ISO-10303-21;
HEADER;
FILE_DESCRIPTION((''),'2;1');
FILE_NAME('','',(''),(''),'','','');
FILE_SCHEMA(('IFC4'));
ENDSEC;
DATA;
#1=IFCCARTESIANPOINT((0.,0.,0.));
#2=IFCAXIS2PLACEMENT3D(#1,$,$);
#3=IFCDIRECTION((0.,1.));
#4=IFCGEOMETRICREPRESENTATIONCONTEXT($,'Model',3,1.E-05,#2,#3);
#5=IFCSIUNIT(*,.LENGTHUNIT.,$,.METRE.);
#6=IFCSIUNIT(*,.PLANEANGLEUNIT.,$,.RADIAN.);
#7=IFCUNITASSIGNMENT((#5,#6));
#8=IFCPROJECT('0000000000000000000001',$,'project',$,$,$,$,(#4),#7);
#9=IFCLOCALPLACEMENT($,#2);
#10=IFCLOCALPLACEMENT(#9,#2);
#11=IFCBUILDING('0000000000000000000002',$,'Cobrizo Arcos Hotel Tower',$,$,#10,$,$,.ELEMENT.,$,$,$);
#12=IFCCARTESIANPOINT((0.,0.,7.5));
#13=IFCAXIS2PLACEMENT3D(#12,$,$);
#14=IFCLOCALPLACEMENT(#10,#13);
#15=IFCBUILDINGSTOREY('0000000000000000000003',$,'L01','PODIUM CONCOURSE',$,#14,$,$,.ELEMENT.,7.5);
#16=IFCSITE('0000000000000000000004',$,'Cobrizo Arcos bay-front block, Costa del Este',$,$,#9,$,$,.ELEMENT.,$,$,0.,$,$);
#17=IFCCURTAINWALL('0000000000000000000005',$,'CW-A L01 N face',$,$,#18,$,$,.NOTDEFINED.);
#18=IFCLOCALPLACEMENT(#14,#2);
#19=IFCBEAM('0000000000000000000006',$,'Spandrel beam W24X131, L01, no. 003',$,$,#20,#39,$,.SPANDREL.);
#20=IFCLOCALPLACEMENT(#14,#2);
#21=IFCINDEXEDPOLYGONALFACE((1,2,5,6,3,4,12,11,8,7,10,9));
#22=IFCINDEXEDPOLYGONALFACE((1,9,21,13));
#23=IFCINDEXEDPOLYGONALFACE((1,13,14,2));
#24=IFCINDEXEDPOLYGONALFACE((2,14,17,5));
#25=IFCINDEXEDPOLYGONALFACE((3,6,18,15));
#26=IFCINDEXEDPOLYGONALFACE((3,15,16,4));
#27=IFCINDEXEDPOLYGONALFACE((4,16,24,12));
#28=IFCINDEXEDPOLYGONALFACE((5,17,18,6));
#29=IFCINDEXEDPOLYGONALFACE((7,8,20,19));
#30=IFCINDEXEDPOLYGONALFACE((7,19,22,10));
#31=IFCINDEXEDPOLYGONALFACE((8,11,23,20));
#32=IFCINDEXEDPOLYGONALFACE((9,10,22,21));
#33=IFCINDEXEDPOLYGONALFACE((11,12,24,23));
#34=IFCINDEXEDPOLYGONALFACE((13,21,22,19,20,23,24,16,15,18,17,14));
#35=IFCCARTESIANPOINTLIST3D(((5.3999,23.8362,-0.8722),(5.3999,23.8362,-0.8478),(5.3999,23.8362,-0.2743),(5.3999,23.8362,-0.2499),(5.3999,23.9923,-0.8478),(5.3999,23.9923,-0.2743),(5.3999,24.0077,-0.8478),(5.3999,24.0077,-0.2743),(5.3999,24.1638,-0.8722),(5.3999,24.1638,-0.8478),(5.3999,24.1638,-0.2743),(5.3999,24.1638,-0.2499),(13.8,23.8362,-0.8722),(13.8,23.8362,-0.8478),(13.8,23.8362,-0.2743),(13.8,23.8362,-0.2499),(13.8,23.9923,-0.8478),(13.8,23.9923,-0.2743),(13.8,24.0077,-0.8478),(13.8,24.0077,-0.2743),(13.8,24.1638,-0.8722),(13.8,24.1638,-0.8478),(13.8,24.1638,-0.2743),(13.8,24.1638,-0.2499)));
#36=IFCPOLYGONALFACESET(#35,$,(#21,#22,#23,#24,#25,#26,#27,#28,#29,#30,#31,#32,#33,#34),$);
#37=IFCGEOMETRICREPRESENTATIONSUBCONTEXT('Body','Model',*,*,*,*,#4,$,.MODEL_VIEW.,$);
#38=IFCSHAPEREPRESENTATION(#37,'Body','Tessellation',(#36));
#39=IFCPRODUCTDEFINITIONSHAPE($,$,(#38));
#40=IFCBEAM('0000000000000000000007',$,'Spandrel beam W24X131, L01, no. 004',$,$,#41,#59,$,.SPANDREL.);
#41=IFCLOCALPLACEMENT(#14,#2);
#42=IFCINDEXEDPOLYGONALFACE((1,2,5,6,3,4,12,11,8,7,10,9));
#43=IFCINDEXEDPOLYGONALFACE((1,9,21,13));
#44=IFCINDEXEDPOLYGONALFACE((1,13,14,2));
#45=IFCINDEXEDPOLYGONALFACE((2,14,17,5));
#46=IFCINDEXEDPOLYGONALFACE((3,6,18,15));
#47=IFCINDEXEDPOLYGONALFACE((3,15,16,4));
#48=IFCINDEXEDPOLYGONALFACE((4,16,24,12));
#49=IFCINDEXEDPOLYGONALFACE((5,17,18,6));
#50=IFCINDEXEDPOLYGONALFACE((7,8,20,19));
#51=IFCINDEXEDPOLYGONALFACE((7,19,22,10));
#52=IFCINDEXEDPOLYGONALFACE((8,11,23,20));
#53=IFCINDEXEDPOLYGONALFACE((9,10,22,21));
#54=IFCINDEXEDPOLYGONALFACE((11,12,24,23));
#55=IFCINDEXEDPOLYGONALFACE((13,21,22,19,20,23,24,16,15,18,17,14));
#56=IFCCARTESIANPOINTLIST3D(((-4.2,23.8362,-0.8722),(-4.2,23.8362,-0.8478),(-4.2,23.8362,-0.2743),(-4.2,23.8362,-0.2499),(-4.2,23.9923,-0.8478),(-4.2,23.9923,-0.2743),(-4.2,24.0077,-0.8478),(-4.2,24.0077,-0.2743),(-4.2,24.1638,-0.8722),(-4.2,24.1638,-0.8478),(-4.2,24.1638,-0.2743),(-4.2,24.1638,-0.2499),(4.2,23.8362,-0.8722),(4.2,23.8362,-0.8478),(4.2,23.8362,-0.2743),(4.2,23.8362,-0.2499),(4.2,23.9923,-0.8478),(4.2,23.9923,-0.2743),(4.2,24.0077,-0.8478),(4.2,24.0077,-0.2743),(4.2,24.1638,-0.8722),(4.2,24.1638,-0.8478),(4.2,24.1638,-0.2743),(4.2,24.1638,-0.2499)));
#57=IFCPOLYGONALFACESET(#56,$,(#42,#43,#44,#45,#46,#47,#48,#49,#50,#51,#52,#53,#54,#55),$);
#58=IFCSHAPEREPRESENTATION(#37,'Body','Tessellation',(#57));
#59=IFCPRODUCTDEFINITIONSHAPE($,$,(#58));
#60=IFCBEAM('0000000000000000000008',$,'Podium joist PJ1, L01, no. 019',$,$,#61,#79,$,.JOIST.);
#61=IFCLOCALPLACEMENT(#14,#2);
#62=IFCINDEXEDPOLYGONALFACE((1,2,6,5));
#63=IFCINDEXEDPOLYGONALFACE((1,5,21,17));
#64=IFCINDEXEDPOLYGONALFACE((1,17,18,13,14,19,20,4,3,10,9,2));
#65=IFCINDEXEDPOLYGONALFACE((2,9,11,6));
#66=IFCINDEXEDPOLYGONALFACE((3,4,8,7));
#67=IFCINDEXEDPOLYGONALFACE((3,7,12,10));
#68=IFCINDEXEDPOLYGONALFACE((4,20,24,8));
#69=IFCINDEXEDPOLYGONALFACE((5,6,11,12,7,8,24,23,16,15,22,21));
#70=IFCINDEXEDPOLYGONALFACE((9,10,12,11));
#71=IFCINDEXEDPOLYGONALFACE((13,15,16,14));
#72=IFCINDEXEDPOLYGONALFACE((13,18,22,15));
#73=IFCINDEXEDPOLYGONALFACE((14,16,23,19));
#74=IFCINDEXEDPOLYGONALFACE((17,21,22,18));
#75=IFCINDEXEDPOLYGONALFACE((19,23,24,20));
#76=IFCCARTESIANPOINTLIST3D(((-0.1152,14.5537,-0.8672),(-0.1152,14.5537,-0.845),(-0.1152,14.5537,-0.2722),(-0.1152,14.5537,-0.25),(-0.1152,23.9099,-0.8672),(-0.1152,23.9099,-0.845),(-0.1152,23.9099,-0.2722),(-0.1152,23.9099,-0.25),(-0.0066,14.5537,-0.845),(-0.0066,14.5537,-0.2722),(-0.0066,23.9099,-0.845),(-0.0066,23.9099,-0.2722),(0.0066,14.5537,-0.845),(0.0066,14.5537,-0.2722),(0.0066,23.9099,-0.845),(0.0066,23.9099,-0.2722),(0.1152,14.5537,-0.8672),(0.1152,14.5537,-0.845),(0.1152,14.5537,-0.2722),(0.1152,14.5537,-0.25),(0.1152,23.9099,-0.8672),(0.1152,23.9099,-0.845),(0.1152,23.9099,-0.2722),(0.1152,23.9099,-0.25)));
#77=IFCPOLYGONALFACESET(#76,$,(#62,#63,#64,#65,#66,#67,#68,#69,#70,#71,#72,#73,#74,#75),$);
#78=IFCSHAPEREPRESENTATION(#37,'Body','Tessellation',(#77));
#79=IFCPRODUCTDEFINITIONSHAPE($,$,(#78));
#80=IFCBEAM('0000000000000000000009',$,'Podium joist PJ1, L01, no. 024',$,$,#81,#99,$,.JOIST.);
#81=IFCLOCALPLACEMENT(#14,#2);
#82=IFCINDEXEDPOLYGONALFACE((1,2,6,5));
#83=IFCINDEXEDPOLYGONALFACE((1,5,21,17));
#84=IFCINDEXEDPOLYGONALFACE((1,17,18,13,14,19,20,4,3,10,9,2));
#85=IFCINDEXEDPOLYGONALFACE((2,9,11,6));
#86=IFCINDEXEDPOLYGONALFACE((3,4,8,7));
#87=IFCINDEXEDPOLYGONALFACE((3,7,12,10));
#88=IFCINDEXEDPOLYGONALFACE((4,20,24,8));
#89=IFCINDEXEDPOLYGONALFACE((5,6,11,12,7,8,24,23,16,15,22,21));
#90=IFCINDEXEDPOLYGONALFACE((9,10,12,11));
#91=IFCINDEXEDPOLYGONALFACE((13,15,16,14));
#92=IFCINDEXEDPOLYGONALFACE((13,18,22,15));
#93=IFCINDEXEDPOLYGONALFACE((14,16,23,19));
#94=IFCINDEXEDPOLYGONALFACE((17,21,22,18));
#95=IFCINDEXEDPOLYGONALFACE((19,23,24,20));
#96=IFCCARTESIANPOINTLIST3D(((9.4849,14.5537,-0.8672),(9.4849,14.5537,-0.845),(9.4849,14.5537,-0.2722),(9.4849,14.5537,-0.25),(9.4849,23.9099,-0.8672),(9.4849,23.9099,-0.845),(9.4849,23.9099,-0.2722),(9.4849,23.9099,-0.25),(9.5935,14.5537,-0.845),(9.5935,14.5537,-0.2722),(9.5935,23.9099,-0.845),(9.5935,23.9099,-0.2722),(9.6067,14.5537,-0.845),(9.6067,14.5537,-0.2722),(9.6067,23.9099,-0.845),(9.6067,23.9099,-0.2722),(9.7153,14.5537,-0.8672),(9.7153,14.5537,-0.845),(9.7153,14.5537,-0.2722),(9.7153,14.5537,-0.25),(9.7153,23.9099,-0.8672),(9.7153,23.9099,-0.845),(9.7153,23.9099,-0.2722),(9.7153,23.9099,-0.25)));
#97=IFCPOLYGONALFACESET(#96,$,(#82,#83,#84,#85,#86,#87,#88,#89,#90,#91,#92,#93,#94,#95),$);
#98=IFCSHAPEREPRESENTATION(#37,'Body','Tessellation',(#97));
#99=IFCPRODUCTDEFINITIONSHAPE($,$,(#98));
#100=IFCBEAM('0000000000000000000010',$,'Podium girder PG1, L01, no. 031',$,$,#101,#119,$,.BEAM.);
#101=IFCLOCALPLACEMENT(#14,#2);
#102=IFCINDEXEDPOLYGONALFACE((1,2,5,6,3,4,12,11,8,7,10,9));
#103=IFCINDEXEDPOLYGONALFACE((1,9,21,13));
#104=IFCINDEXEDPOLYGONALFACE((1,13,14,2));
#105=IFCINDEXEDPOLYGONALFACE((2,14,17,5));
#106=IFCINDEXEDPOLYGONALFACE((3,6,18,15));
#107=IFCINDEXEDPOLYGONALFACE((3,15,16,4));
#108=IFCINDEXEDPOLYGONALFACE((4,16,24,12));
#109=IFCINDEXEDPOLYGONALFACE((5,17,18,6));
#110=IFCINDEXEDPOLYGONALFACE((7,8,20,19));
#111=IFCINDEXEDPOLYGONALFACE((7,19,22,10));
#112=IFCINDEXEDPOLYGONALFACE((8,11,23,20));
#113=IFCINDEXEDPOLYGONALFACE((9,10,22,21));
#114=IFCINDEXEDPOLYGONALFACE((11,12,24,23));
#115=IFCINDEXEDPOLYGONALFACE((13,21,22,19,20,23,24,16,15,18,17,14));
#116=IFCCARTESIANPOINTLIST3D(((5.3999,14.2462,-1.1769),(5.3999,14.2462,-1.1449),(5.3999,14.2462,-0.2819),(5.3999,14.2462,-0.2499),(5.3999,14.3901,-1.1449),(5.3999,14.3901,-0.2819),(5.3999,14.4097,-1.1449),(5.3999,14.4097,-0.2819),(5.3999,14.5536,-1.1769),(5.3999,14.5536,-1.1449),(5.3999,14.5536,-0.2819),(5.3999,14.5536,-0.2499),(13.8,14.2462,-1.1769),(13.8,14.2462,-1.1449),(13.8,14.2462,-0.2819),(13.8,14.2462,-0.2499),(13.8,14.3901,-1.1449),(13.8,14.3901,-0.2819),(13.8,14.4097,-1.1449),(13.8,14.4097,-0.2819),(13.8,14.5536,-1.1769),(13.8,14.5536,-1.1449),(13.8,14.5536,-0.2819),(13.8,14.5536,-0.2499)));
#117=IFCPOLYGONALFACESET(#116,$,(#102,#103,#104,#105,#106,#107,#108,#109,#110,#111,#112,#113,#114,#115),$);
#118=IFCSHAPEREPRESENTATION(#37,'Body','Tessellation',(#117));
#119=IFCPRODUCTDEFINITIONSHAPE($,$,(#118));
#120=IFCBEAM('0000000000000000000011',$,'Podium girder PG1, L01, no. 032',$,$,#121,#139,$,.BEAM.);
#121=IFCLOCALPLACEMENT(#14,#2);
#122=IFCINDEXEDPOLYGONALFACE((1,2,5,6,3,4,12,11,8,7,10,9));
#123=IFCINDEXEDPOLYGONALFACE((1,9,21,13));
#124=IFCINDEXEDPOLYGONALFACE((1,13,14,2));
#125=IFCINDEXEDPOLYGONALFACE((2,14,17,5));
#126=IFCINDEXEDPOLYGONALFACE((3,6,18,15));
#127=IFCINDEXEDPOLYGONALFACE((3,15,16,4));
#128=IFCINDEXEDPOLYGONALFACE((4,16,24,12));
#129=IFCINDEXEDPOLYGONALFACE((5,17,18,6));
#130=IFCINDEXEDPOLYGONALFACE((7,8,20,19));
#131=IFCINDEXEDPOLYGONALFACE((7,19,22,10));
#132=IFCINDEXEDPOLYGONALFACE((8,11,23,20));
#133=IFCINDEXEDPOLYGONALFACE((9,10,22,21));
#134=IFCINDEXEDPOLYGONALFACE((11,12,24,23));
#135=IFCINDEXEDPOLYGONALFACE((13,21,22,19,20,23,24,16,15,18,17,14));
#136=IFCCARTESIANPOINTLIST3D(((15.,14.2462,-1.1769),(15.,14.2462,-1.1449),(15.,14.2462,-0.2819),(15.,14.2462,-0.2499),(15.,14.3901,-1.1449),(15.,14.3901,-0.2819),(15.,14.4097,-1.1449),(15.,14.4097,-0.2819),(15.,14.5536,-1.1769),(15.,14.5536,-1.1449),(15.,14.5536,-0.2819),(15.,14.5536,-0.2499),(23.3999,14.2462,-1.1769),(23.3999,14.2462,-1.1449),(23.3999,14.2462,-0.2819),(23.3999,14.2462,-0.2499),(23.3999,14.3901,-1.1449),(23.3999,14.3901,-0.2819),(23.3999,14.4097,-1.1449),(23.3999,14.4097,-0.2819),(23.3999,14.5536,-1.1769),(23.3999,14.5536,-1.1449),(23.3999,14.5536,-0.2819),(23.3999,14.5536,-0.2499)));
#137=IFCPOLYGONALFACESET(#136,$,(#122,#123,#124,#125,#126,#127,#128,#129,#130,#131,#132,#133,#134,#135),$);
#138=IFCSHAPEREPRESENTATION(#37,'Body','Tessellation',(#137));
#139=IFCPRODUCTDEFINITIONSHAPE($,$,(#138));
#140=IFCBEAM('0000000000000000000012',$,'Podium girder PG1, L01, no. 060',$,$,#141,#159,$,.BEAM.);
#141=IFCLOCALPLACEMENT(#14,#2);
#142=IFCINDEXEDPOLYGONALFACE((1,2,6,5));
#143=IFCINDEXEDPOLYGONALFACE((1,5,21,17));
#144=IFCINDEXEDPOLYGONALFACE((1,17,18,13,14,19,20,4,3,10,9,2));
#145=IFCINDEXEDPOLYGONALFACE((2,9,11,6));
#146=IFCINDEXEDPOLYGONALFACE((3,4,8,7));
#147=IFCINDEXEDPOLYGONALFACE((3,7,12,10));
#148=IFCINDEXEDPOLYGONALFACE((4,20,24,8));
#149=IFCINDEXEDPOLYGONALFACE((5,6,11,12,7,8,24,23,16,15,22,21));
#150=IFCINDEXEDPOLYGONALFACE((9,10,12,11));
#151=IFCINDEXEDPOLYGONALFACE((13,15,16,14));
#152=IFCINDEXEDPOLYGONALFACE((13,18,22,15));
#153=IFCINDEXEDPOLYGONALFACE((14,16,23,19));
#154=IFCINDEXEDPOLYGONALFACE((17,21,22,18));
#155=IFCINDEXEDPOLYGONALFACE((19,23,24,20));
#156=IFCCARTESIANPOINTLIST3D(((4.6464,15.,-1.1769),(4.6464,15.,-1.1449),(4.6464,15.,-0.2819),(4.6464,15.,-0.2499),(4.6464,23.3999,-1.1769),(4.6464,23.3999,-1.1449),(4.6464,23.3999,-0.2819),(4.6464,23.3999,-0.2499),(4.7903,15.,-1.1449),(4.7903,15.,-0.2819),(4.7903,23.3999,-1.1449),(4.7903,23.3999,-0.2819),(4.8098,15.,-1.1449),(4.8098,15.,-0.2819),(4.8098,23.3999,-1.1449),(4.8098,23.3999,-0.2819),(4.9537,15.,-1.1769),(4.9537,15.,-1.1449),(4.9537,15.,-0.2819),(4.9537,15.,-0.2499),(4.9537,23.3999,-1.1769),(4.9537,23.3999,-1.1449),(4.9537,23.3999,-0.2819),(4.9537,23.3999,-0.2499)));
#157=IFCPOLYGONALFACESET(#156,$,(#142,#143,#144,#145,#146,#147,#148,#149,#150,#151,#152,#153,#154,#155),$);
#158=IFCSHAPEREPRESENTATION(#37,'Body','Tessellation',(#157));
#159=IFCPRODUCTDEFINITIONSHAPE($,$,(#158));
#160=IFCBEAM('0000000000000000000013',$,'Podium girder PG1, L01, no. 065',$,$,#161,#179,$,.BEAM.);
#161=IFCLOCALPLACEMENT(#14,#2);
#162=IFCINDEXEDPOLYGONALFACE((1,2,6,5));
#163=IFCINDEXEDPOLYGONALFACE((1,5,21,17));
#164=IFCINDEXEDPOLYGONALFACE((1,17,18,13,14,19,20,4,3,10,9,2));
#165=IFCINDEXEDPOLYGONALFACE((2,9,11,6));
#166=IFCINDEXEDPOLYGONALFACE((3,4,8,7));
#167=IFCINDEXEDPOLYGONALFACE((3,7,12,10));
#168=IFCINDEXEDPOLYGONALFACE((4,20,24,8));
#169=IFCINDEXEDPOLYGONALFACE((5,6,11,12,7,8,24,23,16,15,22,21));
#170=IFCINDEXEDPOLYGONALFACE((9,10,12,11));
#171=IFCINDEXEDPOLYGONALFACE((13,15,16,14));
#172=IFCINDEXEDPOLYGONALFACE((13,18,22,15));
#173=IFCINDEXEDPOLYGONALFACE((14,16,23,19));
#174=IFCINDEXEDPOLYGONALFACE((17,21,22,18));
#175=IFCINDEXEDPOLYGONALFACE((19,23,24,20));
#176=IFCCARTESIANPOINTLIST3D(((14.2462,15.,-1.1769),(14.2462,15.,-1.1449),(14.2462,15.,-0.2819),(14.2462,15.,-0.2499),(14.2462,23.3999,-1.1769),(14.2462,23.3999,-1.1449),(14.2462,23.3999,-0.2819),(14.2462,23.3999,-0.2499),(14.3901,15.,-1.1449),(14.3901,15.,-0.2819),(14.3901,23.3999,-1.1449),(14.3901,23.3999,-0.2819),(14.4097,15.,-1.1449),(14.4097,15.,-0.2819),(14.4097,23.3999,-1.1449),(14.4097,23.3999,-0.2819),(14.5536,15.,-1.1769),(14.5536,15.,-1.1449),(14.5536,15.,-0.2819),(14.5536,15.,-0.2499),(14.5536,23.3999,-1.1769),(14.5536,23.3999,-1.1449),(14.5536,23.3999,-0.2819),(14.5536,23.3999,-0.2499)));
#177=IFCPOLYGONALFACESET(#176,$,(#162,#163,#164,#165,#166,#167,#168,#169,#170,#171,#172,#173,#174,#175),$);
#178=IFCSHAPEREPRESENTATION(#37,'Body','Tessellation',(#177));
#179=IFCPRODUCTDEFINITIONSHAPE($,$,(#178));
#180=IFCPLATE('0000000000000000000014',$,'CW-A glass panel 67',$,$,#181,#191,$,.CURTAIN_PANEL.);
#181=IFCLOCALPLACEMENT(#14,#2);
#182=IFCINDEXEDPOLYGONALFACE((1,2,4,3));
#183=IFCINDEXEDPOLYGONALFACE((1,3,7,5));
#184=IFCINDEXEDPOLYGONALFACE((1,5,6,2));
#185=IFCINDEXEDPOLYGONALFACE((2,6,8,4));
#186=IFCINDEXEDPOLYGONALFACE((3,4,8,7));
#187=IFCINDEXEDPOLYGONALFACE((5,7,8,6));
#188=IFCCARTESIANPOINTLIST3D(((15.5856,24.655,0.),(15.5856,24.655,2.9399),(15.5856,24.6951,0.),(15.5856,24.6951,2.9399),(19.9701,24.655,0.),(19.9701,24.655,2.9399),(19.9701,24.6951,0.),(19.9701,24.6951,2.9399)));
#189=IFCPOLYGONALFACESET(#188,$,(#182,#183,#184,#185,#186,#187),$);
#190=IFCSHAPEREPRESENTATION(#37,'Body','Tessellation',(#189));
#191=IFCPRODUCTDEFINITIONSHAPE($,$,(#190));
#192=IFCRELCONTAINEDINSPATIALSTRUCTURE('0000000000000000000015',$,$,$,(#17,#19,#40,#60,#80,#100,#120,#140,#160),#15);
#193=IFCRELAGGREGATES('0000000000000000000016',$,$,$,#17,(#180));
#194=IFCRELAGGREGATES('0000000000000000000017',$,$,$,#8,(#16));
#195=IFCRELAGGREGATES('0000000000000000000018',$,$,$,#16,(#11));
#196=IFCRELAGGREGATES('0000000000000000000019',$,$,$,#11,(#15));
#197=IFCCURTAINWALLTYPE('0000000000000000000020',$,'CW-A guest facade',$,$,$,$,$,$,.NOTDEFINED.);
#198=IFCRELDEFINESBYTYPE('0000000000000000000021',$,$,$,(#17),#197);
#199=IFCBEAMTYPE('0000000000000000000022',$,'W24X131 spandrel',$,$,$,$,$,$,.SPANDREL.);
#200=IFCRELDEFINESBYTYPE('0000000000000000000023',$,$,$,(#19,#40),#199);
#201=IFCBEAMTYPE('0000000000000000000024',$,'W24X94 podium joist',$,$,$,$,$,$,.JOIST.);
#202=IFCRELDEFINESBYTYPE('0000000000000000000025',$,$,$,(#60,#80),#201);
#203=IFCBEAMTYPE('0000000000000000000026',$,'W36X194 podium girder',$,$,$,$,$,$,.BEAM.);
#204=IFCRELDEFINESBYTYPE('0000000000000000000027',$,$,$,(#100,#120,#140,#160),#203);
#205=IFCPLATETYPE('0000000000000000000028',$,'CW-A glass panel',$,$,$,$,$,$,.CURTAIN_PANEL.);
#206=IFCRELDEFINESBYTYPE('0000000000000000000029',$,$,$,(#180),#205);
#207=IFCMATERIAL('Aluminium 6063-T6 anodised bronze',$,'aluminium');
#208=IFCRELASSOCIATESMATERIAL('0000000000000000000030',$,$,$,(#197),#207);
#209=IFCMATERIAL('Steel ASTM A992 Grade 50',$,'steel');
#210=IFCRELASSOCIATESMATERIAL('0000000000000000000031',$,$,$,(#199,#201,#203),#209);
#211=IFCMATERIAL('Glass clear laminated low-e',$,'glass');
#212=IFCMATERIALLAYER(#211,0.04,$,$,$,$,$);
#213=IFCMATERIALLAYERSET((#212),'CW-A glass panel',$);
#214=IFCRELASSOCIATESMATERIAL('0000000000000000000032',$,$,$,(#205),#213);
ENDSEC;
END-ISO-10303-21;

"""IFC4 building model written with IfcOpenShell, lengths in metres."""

from ifc_helpers import new_model, si_unit, direction, frame, origin, origin_2d, place, context, subcontext, project, spatial, rectangle, i_section, extrude, material, layer, layer_set, material_profile, profile_set, type_object, element, aggregate, save


model = new_model("IFC4")

# Units and contexts
model_context = context("Model", 3, precision=1e-05, world=origin(), true_north=direction((0.0, 1.0)))
body_context = subcontext(model_context, "Body", "Model", "MODEL_VIEW")
ifc_project = project(units=[si_unit("LENGTHUNIT", "METRE"), si_unit("PLANEANGLEUNIT", "RADIAN")], contexts=[model_context])

# Site, building, storey
site_placement = place(None, origin())
site = spatial("IfcSite", under=ifc_project, at=site_placement, Name="Cobrizo Arcos bay-front block, Costa del Este", CompositionType="ELEMENT", RefElevation=0.0)
building_placement = place(site_placement, origin())
building = spatial("IfcBuilding", under=site, at=building_placement, Name="Cobrizo Arcos Hotel Tower", CompositionType="ELEMENT")
storey_placement = place(building_placement, frame((0.0, 0.0, 7.5)))
storey = spatial("IfcBuildingStorey", under=building, at=storey_placement, Name="L01", Description="PODIUM CONCOURSE", CompositionType="ELEMENT", Elevation=7.5)

# Curtain wall
ifc_material_1 = material(Name="Aluminium 6063-T6 anodised bronze", Category="aluminium")
curtain_wall_type = type_object("IfcCurtainWallType", Name="CW-A guest facade", PredefinedType="NOTDEFINED", material=ifc_material_1)
curtain_wall_placement = place(storey_placement, origin())
curtain_wall = element("IfcCurtainWall", 1, at=curtain_wall_placement, inside=storey, type_object=curtain_wall_type, Name="CW-A L01 N face", PredefinedType="NOTDEFINED")

# Beams
ifc_material_2 = material(Name="Steel ASTM A992 Grade 50", Category="steel")
ifc_material_profile_1 = material_profile(ifc_material_2, i_section(OverallWidth=0.3276, OverallDepth=0.6223, WebThickness=0.0154, FlangeThickness=0.0244, at=origin_2d()), Name="W24X131")
ifc_profile_set_1 = profile_set([ifc_material_profile_1], Name="Steel ASTM A992 Grade 50")
beam_type_1 = type_object("IfcBeamType", Name="W24X131 spandrel", PredefinedType="SPANDREL", material=ifc_profile_set_1)
beam_1_placement = place(storey_placement, frame((13.8, 24.0, -0.561), z_axis=(-1.0, 0.0, 0.0), x_axis=(0.0, -1.0, 0.0)))
element("IfcBeam", 2, at=beam_1_placement, inside=storey, type_object=beam_type_1, Name="Spandrel beam W24X131, L01, no. 003", PredefinedType="SPANDREL", context=body_context, shape_type="SweptSolid", body=[
    extrude(i_section(OverallWidth=0.3276, OverallDepth=0.6223, WebThickness=0.0154, FlangeThickness=0.0244, at=origin_2d()), origin(), (0.0, 0.0, 1.0), 8.4001),
])
beam_2_placement = place(storey_placement, frame((4.2, 24.0, -0.561), z_axis=(-1.0, 0.0, 0.0), x_axis=(0.0, -1.0, 0.0)))
element("IfcBeam", 3, at=beam_2_placement, inside=storey, type_object=beam_type_1, Name="Spandrel beam W24X131, L01, no. 004", PredefinedType="SPANDREL", context=body_context, shape_type="SweptSolid", body=[
    extrude(i_section(OverallWidth=0.3276, OverallDepth=0.6223, WebThickness=0.0154, FlangeThickness=0.0244, at=origin_2d()), origin(), (0.0, 0.0, 1.0), 8.3999),
])
ifc_material_profile_2 = material_profile(ifc_material_2, i_section(OverallWidth=0.2305, OverallDepth=0.6172, WebThickness=0.0132, FlangeThickness=0.0222, at=origin_2d()), Name="W24X94")
ifc_profile_set_2 = profile_set([ifc_material_profile_2], Name="Steel ASTM A992 Grade 50")
beam_type_2 = type_object("IfcBeamType", Name="W24X94 podium joist", PredefinedType="JOIST", material=ifc_profile_set_2)
for number, where, z_axis, x_axis, name in (
    (4, (0.0, 14.5537, -0.5586), (0.0, 1.0, 0.0), (-1.0, 0.0, 0.0), "Podium joist PJ1, L01, no. 019"),
    (5, (9.6001, 14.5537, -0.5586), (0.0, 1.0, 0.0), (-1.0, 0.0, 0.0), "Podium joist PJ1, L01, no. 024"),
):
    element("IfcBeam", number, at=place(storey_placement, frame(where, z_axis=z_axis, x_axis=x_axis)), inside=storey, type_object=beam_type_2, Name=name, PredefinedType="JOIST", context=body_context, shape_type="SweptSolid", body=[
        extrude(i_section(OverallWidth=0.2305, OverallDepth=0.6172, WebThickness=0.0132, FlangeThickness=0.0222, at=origin_2d()), origin(), (0.0, 0.0, 1.0), 9.3562),
    ])
ifc_material_profile_3 = material_profile(ifc_material_2, i_section(OverallWidth=0.3074, OverallDepth=0.927, WebThickness=0.0195, FlangeThickness=0.032, at=origin_2d()), Name="W36X194")
ifc_profile_set_3 = profile_set([ifc_material_profile_3], Name="Steel ASTM A992 Grade 50")
beam_type_3 = type_object("IfcBeamType", Name="W36X194 podium girder", PredefinedType="BEAM", material=ifc_profile_set_3)
beam_3_placement = place(storey_placement, frame((5.3999, 14.3999, -0.7134), z_axis=(1.0, 0.0, 0.0), x_axis=(0.0, 1.0, 0.0)))
element("IfcBeam", 6, at=beam_3_placement, inside=storey, type_object=beam_type_3, Name="Podium girder PG1, L01, no. 031", PredefinedType="BEAM", context=body_context, shape_type="SweptSolid", body=[
    extrude(i_section(OverallWidth=0.3074, OverallDepth=0.927, WebThickness=0.0195, FlangeThickness=0.032, at=origin_2d()), origin(), (0.0, 0.0, 1.0), 8.4001),
])
for number, where, z_axis, x_axis, name in (
    (7, (15.0, 14.3999, -0.7134), (1.0, 0.0, 0.0), (0.0, 1.0, 0.0), "Podium girder PG1, L01, no. 032"),
    (8, (4.8, 15.0, -0.7134), (0.0, 1.0, 0.0), (-1.0, 0.0, 0.0), "Podium girder PG1, L01, no. 060"),
    (9, (14.3999, 15.0, -0.7134), (0.0, 1.0, 0.0), (-1.0, 0.0, 0.0), "Podium girder PG1, L01, no. 065"),
):
    element("IfcBeam", number, at=place(storey_placement, frame(where, z_axis=z_axis, x_axis=x_axis)), inside=storey, type_object=beam_type_3, Name=name, PredefinedType="BEAM", context=body_context, shape_type="SweptSolid", body=[
        extrude(i_section(OverallWidth=0.3074, OverallDepth=0.927, WebThickness=0.0195, FlangeThickness=0.032, at=origin_2d()), origin(), (0.0, 0.0, 1.0), 8.3999),
    ])

# Plate
ifc_material_3 = material(Name="Glass clear laminated low-e", Category="glass")
ifc_layer_1 = layer(ifc_material_3, 0.04)
ifc_layer_set_1 = layer_set([ifc_layer_1], Name="CW-A glass panel")
plate_type = type_object("IfcPlateType", Name="CW-A glass panel", PredefinedType="CURTAIN_PANEL", material=ifc_layer_set_1)
plate_1_placement = place(storey_placement, frame((17.7778, 24.675, 0.0), z_axis=(0.0, 0.0, 1.0), x_axis=(-1.0, 0.0, 0.0)))
plate_1 = element("IfcPlate", 10, at=plate_1_placement, type_object=plate_type, Name="CW-A glass panel 67", PredefinedType="CURTAIN_PANEL", context=body_context, shape_type="SweptSolid", body=[
    extrude(rectangle(XDim=4.3845, YDim=0.04, at=origin_2d()), origin(), (0.0, 0.0, 1.0), 2.9399),
])
aggregate(curtain_wall, [plate_1])

save(model, "model.ifc")
